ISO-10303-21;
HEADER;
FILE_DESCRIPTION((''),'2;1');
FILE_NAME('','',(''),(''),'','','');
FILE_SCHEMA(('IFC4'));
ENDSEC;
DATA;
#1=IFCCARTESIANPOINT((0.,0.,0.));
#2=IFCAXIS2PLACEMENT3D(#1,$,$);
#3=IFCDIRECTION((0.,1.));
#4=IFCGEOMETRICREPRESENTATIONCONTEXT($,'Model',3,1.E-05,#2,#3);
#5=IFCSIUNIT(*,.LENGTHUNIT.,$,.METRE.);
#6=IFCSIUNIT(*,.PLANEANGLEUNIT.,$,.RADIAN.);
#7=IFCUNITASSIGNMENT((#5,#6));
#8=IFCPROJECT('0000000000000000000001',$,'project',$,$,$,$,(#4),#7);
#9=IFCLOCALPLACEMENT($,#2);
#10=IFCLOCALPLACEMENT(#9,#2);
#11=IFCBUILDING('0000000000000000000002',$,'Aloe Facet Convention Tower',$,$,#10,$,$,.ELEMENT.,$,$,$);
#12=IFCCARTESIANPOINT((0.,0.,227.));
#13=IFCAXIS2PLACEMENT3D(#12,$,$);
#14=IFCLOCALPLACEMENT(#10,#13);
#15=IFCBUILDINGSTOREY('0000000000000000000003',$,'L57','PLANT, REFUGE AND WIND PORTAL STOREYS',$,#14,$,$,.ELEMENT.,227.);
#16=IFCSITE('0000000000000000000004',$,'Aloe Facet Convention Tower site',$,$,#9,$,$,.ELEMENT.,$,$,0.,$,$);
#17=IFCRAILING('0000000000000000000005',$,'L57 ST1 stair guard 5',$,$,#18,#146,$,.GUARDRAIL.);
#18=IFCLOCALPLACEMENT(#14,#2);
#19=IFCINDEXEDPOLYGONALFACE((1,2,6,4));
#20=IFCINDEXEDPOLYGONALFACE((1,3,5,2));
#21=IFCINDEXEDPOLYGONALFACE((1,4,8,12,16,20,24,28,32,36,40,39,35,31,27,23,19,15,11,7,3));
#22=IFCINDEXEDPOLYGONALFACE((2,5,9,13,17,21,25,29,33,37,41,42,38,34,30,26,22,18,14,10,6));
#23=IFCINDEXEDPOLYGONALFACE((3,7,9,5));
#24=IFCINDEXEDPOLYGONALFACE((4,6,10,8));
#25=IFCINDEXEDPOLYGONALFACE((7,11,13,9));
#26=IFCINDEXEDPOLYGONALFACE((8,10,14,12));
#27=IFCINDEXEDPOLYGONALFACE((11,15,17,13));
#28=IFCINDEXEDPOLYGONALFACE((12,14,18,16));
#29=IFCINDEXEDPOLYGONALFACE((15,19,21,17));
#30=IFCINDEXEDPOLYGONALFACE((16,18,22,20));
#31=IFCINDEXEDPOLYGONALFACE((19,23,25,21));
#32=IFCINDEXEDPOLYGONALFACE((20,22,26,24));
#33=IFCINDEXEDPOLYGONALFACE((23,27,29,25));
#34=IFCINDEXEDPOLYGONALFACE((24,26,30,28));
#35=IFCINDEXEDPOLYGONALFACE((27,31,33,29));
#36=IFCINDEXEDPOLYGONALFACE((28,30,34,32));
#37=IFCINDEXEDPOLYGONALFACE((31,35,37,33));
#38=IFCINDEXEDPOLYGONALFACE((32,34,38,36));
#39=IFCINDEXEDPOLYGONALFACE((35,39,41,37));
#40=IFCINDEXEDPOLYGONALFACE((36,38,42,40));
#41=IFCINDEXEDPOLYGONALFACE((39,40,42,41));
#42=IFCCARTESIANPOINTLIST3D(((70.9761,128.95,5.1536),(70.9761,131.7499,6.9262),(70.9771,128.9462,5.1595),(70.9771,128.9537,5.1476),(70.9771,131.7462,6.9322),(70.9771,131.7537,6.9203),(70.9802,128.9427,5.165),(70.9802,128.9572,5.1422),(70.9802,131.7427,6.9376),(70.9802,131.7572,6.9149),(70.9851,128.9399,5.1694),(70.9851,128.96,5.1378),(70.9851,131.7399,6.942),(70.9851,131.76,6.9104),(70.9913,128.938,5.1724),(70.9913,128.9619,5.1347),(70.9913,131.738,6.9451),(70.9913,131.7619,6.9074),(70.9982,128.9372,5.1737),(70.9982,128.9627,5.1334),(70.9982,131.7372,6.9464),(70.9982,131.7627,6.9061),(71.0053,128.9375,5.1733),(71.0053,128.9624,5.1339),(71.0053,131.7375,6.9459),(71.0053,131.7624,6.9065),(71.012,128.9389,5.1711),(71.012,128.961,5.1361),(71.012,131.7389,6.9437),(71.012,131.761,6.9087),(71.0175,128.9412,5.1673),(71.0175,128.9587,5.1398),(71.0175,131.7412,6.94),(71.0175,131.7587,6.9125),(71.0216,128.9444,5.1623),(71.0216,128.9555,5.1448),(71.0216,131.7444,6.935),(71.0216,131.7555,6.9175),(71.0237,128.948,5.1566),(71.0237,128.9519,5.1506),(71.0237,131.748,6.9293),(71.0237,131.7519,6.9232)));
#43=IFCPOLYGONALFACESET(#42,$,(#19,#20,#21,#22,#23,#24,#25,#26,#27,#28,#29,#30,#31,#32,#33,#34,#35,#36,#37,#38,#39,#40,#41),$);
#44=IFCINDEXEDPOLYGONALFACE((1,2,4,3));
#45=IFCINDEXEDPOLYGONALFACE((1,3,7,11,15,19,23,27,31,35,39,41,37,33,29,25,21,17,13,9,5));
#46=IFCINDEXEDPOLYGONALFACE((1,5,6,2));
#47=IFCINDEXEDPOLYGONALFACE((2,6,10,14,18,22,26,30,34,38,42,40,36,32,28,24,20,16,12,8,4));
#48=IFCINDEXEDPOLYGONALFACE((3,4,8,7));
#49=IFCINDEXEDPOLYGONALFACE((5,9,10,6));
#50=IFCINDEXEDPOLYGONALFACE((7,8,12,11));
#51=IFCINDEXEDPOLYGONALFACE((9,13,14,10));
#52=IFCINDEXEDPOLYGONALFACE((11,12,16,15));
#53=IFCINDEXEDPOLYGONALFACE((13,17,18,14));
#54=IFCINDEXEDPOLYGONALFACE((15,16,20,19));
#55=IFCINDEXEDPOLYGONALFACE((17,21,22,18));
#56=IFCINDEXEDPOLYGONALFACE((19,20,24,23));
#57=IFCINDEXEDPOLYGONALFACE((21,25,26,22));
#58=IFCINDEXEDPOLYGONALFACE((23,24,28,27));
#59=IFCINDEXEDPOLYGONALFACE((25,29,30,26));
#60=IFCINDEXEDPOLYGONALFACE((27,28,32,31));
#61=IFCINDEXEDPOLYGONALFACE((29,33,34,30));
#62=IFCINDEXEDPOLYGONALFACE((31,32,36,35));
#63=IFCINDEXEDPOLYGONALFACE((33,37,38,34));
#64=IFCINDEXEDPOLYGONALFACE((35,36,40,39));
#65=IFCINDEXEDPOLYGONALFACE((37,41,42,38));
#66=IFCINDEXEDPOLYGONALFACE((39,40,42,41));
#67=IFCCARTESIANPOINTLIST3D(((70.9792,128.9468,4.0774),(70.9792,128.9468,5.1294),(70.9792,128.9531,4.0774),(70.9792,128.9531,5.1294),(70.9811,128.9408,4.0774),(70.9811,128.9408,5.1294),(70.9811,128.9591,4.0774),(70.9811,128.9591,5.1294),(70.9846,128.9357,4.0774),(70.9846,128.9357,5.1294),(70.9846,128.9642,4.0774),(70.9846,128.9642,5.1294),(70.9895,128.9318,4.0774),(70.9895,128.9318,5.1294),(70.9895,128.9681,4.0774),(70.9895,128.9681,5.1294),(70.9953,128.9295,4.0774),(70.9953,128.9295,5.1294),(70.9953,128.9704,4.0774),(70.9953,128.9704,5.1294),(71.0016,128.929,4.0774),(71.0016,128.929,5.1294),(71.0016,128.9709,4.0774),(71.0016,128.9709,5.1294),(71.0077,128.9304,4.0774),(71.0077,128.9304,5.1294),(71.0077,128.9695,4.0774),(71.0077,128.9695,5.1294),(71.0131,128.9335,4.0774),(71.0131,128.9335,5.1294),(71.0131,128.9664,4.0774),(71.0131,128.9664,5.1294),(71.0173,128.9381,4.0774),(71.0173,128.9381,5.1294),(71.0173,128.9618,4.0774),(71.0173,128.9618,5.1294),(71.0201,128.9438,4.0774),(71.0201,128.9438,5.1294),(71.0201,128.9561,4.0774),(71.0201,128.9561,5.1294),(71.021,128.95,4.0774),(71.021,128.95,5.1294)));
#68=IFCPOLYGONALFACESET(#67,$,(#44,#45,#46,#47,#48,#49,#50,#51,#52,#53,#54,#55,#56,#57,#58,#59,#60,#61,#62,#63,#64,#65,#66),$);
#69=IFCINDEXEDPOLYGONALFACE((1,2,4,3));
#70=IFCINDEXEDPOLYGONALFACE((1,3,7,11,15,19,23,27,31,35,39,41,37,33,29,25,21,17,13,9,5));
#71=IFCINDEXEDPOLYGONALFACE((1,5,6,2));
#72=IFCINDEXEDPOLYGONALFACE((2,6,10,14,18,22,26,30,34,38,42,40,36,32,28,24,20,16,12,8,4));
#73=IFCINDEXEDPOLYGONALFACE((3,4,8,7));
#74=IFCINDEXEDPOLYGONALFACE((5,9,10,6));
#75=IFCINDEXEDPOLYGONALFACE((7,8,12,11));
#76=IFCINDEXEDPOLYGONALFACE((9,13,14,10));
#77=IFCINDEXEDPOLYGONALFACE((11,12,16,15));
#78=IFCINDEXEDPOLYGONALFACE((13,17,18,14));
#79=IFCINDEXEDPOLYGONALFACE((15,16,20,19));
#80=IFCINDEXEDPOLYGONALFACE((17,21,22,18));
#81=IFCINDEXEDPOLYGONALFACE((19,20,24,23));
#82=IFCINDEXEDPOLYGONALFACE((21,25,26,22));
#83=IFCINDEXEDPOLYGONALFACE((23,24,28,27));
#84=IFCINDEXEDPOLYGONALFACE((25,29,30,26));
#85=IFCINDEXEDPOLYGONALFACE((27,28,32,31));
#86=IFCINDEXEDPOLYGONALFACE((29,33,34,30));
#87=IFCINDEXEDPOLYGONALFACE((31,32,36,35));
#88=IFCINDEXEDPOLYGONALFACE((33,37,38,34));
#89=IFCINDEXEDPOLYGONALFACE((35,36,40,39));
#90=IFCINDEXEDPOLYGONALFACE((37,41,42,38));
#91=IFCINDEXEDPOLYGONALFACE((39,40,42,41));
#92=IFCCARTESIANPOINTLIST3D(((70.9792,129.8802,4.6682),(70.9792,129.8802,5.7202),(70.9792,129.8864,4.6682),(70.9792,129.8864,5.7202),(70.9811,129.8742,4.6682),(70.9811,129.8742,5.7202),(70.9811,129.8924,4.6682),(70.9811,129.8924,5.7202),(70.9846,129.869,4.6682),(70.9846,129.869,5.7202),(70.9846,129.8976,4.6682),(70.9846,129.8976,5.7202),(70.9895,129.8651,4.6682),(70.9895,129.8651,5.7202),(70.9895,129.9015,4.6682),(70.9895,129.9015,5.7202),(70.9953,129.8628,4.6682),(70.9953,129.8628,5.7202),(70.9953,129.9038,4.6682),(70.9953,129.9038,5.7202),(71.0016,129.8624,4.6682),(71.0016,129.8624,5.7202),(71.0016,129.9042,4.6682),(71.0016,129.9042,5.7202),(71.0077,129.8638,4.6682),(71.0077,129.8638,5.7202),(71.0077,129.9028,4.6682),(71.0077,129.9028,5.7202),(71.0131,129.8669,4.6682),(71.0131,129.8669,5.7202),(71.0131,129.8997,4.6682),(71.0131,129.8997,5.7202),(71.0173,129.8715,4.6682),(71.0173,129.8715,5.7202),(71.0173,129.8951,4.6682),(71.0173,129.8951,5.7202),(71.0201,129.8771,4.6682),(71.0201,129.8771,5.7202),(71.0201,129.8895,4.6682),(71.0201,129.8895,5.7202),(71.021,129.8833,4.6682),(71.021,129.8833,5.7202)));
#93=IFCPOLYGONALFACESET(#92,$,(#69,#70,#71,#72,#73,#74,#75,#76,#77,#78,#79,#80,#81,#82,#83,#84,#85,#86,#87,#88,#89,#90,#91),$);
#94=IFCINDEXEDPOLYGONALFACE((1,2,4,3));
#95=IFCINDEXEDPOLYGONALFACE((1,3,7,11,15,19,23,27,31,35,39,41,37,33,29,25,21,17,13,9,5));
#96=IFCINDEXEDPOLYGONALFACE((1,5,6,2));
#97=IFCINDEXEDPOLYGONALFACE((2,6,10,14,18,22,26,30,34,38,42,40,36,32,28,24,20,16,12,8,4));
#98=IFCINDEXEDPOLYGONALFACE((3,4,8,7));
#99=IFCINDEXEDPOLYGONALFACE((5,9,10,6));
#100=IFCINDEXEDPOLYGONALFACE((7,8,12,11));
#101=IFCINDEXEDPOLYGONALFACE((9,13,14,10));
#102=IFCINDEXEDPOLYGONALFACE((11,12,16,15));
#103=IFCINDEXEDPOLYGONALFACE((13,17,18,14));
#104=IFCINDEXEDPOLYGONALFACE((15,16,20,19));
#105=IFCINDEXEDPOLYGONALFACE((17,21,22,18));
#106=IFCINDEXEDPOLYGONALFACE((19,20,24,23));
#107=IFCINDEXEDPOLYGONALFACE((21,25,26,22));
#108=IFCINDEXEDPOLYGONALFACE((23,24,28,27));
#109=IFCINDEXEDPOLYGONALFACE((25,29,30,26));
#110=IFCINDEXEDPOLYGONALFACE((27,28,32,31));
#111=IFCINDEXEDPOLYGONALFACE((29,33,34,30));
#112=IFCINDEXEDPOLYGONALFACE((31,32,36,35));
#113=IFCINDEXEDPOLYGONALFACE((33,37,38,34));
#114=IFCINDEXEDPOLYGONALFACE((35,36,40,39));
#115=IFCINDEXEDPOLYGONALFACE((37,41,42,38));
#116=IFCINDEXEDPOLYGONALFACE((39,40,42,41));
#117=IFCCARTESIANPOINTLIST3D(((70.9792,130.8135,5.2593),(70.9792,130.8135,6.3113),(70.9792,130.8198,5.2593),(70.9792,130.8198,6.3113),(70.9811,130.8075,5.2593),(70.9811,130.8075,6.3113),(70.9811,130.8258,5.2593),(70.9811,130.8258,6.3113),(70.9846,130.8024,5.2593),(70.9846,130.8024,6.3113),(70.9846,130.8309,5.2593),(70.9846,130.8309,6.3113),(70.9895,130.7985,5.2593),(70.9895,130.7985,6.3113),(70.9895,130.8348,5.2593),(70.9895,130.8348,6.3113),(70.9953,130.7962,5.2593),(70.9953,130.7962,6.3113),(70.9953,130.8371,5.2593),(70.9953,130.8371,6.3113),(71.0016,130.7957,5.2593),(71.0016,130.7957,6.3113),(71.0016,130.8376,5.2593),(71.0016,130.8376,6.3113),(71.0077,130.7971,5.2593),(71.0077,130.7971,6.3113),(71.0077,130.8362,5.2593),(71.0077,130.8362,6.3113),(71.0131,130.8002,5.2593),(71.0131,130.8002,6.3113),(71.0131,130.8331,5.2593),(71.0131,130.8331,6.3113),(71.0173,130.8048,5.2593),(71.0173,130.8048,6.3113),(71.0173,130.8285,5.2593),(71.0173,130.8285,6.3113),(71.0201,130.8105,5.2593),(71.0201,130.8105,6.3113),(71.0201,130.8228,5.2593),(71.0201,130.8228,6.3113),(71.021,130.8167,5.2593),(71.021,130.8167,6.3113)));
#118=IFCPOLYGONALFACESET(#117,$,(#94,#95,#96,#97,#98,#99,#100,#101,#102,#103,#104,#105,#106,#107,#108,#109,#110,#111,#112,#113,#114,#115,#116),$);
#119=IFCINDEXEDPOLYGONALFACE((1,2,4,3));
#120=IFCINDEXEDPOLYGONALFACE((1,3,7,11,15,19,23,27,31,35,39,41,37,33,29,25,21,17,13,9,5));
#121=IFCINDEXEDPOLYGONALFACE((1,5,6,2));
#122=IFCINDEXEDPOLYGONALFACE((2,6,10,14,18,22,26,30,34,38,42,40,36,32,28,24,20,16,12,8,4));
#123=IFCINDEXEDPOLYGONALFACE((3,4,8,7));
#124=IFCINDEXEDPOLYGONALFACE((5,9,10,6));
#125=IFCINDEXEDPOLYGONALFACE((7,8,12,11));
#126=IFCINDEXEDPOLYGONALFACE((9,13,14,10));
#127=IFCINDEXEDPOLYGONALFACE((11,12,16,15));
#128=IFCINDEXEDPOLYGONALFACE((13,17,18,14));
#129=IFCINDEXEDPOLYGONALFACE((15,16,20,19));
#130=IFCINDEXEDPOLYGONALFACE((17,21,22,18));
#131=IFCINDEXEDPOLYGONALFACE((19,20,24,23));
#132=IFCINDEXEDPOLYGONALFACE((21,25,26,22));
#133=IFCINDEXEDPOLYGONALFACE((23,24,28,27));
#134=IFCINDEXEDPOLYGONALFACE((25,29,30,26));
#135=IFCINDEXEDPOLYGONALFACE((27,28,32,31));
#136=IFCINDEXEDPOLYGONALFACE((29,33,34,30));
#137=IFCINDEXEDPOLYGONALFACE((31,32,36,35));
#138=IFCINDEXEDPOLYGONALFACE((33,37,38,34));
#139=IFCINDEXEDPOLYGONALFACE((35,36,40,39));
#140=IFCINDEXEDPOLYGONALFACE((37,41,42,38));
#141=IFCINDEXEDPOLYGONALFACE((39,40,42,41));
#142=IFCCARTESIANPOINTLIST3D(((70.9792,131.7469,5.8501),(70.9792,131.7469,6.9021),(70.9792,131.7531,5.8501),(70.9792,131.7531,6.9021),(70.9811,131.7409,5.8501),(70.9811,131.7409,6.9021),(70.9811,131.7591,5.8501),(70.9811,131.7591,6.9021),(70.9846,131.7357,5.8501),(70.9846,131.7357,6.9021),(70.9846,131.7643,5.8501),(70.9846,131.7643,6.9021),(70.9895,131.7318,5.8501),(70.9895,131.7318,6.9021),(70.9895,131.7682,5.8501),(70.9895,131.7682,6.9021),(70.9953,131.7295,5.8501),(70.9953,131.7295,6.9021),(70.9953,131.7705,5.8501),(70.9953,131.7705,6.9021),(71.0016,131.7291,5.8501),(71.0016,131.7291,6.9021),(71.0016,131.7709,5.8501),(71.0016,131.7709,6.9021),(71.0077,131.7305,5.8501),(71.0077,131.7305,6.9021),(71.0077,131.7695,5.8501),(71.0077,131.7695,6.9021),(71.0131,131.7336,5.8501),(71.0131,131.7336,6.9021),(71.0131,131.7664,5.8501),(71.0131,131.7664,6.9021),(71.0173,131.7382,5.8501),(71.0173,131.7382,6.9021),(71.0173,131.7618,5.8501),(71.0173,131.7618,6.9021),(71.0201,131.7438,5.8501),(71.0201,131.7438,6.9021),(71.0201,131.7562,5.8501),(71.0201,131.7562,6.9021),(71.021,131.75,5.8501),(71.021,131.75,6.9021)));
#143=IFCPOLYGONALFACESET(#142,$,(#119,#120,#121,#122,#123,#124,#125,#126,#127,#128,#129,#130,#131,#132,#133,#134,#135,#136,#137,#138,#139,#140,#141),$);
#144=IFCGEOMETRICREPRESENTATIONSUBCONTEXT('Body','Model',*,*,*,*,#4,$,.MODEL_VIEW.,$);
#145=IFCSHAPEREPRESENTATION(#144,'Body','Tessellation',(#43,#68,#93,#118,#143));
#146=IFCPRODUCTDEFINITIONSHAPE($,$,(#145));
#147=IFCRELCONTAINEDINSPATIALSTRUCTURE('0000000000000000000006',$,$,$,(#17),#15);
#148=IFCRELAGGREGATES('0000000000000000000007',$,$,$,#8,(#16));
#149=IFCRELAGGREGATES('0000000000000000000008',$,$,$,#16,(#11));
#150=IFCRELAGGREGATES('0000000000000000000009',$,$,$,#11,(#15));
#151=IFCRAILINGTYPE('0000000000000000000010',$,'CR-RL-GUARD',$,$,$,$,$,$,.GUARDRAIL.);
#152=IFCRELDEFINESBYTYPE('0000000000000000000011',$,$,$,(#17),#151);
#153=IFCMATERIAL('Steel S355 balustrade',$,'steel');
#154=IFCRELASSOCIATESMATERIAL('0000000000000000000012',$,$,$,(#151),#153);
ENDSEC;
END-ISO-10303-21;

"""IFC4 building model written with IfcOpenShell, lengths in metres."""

from ifc_helpers import new_model, si_unit, direction, frame, origin, origin_2d, place, context, subcontext, project, spatial, circle, extrude, material, type_object, element, save


model = new_model("IFC4")

# Units and contexts
model_context = context("Model", 3, precision=1e-05, world=origin(), true_north=direction((0.0, 1.0)))
body_context = subcontext(model_context, "Body", "Model", "MODEL_VIEW")
ifc_project = project(units=[si_unit("LENGTHUNIT", "METRE"), si_unit("PLANEANGLEUNIT", "RADIAN")], contexts=[model_context])

# Site, building, storey
site_placement = place(None, origin())
site = spatial("IfcSite", under=ifc_project, at=site_placement, Name="Aloe Facet Convention Tower site", CompositionType="ELEMENT", RefElevation=0.0)
building_placement = place(site_placement, origin())
building = spatial("IfcBuilding", under=site, at=building_placement, Name="Aloe Facet Convention Tower", CompositionType="ELEMENT")
storey_placement = place(building_placement, frame((0.0, 0.0, 227.0)))
storey = spatial("IfcBuildingStorey", under=building, at=storey_placement, Name="L57", Description="PLANT, REFUGE AND WIND PORTAL STOREYS", CompositionType="ELEMENT", Elevation=227.0)

# Railing
ifc_material_1 = material(Name="Steel S355 balustrade", Category="steel")
railing_type_1 = type_object("IfcRailingType", Name="CR-RL-GUARD", PredefinedType="GUARDRAIL", material=ifc_material_1)
railing_1_placement = place(storey_placement, frame((71.0, 128.95, 4.0774)))
element("IfcRailing", 1, at=railing_1_placement, inside=storey, type_object=railing_type_1, Name="L57 ST1 stair guard 5", PredefinedType="GUARDRAIL", context=body_context, shape_type="SweptSolid", body=[
    extrude(circle(Radius=0.0239, at=origin_2d()), frame((0.0, 0.0, 1.0762), z_axis=(0.0, 0.844909, 0.53491), x_axis=(-1.0, 0.0, 0.0)), (0.0, 0.0, 1.0), 3.314),
    extrude(circle(Radius=0.021, at=origin_2d()), origin(), (0.0, 0.0, 1.0), 1.052),
    extrude(circle(Radius=0.021, at=origin_2d()), frame((0.0, 0.9333, 0.5908)), (0.0, 0.0, 1.0), 1.052),
    extrude(circle(Radius=0.021, at=origin_2d()), frame((0.0, 1.8667, 1.1819)), (0.0, 0.0, 1.0), 1.052),
    extrude(circle(Radius=0.021, at=origin_2d()), frame((0.0, 2.8, 1.7727)), (0.0, 0.0, 1.0), 1.052),
])

save(model, "model.ifc")
